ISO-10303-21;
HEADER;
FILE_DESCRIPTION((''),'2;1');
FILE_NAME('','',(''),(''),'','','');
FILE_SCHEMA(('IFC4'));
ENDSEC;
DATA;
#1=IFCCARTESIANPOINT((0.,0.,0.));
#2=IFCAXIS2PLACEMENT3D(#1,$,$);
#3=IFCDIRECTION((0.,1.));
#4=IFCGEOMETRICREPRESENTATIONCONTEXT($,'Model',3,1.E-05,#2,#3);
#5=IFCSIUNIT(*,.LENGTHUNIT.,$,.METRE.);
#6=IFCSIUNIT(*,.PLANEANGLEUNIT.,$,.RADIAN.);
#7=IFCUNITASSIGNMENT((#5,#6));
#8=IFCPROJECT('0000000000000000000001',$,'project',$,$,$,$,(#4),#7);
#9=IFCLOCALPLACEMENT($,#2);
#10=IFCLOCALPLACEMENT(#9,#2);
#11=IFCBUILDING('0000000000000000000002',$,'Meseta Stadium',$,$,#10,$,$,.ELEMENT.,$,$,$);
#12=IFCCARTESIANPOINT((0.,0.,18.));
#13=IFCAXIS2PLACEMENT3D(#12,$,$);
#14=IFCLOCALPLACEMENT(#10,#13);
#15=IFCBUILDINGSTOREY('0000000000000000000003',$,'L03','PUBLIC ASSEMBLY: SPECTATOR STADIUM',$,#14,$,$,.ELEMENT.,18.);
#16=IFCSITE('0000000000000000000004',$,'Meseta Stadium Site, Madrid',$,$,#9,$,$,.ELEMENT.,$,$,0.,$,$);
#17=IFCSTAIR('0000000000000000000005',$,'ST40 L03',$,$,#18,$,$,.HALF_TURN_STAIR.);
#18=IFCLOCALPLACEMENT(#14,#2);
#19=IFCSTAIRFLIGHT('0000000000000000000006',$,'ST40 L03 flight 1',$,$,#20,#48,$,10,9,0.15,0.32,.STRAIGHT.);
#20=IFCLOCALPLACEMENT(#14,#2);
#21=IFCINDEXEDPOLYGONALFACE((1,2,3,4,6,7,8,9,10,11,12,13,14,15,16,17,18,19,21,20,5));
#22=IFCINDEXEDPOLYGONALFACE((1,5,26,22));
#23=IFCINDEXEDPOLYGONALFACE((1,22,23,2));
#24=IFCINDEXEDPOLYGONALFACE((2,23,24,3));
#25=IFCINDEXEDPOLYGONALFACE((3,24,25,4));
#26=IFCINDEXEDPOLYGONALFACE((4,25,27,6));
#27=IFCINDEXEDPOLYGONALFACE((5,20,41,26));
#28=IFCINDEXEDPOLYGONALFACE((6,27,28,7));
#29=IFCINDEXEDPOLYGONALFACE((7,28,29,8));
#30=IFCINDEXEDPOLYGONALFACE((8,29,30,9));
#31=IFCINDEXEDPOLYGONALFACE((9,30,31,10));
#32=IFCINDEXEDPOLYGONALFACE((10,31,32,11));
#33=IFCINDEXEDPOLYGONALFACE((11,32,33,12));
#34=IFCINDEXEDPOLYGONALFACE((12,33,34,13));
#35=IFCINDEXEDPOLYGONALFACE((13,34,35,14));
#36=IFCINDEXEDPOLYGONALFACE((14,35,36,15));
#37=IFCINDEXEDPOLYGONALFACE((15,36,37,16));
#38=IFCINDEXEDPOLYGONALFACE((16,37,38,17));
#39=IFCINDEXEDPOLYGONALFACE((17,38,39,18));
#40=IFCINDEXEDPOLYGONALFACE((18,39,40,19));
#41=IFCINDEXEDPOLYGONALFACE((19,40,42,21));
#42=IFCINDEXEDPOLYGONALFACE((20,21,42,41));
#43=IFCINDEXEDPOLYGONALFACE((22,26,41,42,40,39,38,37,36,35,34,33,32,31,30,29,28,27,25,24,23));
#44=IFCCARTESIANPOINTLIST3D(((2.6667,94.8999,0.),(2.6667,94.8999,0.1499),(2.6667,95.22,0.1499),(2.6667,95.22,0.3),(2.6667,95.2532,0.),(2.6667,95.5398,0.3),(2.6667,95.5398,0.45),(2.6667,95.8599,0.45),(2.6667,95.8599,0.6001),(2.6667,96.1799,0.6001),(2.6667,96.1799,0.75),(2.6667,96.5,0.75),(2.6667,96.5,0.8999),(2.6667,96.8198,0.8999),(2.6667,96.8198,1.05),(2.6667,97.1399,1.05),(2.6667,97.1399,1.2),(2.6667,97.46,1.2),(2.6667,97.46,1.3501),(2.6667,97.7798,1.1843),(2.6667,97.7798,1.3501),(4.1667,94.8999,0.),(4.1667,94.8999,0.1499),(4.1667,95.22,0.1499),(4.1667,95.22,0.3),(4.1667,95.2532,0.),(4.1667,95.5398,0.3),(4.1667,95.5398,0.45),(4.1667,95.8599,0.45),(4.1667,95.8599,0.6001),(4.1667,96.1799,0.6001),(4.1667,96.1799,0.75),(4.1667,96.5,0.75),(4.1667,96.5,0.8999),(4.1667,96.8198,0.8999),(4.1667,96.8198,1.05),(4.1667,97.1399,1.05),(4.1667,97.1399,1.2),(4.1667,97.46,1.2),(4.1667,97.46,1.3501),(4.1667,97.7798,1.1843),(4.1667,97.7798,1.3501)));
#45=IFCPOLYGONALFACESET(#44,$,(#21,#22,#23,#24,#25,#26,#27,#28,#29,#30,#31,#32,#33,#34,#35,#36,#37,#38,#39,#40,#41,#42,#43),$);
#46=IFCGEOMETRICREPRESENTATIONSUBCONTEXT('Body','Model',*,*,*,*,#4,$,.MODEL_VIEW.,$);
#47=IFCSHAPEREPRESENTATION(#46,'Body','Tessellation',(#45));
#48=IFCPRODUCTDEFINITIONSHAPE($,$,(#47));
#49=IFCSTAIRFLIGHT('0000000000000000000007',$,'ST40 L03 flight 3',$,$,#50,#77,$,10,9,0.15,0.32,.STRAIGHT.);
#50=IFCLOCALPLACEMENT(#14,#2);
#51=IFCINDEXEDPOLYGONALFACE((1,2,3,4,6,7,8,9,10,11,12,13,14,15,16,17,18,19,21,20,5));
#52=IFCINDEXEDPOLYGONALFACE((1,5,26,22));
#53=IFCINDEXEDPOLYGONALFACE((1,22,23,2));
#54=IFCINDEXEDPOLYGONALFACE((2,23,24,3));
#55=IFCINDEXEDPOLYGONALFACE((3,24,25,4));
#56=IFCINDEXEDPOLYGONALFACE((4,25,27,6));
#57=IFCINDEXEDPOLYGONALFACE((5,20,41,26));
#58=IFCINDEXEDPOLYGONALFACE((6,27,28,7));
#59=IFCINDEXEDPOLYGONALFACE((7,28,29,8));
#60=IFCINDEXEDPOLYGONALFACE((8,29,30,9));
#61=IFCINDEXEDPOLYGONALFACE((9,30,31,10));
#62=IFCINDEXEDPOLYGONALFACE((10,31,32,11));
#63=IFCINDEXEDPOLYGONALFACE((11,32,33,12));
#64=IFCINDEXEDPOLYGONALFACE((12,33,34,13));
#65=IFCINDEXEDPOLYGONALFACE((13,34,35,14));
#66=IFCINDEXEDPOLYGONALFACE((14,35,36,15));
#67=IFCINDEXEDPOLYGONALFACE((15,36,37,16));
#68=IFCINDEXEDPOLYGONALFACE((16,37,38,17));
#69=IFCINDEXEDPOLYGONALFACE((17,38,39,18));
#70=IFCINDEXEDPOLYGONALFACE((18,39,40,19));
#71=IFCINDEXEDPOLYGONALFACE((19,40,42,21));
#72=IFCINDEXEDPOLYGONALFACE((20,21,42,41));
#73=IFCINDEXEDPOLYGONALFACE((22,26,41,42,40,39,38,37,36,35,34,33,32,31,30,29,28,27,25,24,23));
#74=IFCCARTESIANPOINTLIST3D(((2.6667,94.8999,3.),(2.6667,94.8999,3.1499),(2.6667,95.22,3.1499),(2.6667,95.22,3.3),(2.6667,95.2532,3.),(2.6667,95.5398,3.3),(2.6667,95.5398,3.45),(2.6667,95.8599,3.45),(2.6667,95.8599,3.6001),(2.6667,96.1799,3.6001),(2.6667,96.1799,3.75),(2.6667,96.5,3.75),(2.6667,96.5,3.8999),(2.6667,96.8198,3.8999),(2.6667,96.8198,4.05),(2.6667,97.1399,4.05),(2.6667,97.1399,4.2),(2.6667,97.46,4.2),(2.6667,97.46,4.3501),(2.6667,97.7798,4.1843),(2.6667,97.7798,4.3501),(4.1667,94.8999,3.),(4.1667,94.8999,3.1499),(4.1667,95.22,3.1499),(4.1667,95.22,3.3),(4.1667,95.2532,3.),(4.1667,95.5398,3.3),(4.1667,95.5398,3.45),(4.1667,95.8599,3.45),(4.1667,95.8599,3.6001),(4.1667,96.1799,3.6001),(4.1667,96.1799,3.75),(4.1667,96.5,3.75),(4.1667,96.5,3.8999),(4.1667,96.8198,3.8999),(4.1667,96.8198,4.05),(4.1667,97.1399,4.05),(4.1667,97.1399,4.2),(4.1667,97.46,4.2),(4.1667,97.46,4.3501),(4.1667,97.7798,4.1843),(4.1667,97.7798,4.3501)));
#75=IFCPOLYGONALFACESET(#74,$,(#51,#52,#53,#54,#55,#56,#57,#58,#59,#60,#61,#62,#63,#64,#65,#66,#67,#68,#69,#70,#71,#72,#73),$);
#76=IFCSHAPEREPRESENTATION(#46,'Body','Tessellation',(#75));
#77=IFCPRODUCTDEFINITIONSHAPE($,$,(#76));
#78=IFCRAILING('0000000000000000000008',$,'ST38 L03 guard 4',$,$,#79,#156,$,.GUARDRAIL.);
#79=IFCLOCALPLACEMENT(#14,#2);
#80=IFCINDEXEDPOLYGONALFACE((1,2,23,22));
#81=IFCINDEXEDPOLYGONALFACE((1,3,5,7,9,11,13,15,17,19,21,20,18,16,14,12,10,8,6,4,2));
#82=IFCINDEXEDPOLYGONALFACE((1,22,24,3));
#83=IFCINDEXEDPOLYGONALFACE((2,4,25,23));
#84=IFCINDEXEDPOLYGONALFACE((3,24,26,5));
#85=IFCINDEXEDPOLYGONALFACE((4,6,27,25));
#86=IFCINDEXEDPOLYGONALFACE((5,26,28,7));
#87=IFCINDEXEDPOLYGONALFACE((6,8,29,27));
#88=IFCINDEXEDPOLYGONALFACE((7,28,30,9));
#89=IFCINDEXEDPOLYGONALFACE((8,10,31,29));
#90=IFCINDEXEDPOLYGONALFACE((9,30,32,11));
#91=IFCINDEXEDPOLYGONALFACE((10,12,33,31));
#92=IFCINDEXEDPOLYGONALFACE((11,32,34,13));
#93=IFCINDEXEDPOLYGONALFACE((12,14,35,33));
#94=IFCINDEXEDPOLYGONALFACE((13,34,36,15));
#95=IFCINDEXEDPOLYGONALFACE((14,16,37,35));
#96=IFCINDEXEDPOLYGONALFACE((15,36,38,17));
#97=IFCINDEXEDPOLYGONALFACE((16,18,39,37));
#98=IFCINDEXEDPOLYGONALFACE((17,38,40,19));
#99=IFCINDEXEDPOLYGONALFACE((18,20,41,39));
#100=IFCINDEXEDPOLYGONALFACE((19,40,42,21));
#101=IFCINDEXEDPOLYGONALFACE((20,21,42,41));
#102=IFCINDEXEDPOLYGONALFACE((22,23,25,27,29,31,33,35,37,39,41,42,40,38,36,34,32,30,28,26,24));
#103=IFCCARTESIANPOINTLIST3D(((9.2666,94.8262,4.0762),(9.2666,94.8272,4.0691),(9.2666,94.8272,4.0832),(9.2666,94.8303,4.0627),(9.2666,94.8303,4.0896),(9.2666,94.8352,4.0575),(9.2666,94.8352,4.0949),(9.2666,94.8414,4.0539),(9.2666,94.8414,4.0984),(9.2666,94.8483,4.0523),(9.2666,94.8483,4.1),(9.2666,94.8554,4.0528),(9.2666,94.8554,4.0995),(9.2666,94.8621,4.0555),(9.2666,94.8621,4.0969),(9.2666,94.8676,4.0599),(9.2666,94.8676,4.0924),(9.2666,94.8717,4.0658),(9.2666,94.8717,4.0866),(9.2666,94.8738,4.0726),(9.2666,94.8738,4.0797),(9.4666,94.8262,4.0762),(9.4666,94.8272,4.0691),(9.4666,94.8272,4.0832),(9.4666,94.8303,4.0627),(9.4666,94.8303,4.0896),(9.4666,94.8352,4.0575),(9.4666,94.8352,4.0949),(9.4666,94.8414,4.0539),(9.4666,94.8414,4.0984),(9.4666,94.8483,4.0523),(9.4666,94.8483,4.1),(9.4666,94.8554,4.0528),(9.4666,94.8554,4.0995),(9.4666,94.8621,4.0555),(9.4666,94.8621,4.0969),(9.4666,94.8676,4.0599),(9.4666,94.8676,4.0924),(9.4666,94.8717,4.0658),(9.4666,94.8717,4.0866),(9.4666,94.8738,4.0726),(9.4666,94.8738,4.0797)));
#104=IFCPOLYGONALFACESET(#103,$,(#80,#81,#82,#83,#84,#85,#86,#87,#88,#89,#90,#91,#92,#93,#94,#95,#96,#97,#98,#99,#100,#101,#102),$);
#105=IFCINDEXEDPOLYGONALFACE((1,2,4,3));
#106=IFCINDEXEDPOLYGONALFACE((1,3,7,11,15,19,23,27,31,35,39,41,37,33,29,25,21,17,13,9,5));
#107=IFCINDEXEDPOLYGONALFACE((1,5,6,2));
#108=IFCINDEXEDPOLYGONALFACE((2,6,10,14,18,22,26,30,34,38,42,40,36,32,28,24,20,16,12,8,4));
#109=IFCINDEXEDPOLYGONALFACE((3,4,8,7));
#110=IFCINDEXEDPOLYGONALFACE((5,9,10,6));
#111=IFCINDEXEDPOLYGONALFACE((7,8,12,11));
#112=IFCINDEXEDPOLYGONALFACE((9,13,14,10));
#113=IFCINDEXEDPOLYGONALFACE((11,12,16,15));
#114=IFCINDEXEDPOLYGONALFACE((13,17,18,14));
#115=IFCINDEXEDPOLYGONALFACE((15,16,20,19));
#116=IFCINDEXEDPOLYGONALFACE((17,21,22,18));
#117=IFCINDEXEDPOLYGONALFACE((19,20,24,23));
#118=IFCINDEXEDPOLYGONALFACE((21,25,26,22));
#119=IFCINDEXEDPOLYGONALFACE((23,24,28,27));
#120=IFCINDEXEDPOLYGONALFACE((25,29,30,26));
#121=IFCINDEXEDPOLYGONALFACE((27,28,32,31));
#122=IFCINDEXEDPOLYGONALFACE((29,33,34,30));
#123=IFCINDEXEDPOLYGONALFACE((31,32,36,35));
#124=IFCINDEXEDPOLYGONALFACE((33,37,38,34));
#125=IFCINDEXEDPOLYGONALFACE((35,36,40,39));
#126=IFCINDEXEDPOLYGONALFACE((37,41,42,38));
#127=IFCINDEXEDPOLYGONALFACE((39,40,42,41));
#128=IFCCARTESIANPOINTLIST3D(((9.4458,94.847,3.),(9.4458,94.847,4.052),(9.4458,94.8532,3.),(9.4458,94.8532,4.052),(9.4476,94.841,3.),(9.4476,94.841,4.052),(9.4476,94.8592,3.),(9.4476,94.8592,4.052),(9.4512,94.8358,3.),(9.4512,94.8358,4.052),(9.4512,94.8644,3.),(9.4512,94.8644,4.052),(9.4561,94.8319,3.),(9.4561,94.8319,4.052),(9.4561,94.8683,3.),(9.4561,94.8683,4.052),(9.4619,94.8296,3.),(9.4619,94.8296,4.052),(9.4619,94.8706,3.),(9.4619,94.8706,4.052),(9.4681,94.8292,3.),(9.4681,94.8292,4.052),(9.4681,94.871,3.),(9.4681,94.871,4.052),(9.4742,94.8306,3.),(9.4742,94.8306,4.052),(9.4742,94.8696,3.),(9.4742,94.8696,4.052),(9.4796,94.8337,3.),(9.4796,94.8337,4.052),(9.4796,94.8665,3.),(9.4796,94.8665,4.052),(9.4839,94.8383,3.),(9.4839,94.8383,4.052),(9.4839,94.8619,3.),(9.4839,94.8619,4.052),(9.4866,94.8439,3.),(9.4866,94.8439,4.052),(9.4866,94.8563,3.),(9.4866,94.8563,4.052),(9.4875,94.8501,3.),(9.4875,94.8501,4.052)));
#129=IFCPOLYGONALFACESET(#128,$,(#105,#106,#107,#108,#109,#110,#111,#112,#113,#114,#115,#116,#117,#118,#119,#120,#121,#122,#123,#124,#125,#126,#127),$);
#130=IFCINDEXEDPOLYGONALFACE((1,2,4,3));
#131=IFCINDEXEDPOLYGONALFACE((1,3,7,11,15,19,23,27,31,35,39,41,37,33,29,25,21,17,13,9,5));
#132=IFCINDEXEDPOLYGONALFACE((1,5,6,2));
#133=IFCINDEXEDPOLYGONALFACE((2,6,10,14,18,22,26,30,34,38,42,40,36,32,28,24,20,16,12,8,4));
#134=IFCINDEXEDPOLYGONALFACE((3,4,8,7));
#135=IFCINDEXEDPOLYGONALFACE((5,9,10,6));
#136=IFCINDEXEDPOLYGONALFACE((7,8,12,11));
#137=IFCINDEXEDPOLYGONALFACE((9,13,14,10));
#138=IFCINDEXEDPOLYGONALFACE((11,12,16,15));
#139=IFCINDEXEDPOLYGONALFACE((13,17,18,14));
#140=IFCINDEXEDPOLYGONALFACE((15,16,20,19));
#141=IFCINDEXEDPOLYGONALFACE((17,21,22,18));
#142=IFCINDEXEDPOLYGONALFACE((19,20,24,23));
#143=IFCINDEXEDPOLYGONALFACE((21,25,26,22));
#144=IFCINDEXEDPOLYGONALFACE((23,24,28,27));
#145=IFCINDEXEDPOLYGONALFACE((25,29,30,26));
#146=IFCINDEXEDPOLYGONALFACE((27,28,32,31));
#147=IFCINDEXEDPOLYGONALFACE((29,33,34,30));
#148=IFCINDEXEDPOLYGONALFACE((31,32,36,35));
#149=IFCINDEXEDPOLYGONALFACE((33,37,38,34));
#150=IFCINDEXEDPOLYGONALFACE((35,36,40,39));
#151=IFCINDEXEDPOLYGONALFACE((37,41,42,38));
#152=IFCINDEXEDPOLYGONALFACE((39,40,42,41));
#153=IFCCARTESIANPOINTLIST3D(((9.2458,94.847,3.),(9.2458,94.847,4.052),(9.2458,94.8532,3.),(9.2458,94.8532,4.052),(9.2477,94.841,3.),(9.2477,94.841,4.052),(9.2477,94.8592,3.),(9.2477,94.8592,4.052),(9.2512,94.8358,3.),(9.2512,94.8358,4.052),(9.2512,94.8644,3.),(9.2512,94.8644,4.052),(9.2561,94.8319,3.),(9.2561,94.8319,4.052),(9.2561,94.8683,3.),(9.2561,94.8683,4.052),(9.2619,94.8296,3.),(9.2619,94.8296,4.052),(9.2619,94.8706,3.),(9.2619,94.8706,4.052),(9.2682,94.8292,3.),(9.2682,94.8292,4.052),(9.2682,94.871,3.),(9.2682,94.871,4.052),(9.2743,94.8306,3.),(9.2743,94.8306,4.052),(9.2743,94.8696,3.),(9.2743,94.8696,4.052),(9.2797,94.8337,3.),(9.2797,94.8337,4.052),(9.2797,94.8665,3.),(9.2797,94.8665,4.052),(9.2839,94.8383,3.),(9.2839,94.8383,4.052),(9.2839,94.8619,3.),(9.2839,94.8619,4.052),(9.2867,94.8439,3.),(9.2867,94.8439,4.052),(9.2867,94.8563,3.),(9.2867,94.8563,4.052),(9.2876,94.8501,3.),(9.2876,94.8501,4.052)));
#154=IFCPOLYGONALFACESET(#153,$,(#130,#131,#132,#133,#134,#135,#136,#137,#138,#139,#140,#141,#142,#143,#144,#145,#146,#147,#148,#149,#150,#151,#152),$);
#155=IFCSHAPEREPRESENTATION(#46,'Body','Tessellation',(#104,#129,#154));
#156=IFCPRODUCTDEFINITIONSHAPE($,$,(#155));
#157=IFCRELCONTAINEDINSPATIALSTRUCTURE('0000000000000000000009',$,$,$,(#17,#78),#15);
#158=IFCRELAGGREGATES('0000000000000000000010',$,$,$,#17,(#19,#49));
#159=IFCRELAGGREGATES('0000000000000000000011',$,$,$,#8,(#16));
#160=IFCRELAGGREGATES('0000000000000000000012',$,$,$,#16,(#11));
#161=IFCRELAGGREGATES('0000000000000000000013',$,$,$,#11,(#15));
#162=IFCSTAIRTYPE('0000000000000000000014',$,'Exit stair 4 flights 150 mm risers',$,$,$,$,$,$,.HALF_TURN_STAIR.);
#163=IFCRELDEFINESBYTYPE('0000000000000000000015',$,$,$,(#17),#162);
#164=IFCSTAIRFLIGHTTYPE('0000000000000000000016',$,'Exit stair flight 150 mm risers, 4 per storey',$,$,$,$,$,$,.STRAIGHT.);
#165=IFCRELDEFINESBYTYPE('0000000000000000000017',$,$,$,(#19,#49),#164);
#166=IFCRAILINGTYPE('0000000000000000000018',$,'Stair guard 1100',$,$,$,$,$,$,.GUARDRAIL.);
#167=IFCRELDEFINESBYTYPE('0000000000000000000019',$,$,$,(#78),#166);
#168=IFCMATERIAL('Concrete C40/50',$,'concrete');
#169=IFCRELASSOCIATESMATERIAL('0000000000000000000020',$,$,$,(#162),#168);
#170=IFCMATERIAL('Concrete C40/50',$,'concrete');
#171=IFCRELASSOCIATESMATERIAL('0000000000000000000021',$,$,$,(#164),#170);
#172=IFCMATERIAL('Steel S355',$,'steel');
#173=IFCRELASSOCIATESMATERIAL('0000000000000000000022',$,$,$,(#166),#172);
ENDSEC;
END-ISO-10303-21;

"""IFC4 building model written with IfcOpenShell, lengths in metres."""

from ifc_helpers import new_model, si_unit, direction, frame, origin, origin_2d, place, context, subcontext, project, spatial, polyline, circle, outline, extrude, material, type_object, element, aggregate, save


model = new_model("IFC4")

# Units and contexts
model_context = context("Model", 3, precision=1e-05, world=origin(), true_north=direction((0.0, 1.0)))
body_context = subcontext(model_context, "Body", "Model", "MODEL_VIEW")
ifc_project = project(units=[si_unit("LENGTHUNIT", "METRE"), si_unit("PLANEANGLEUNIT", "RADIAN")], contexts=[model_context])

# Site, building, storey
site_placement = place(None, origin())
site = spatial("IfcSite", under=ifc_project, at=site_placement, Name="Meseta Stadium Site, Madrid", CompositionType="ELEMENT", RefElevation=0.0)
building_placement = place(site_placement, origin())
building = spatial("IfcBuilding", under=site, at=building_placement, Name="Meseta Stadium", CompositionType="ELEMENT")
storey_placement = place(building_placement, frame((0.0, 0.0, 18.0)))
storey = spatial("IfcBuildingStorey", under=building, at=storey_placement, Name="L03", Description="PUBLIC ASSEMBLY: SPECTATOR STADIUM", CompositionType="ELEMENT", Elevation=18.0)

# Shared definitions
ifc_material_1 = material(Name="Concrete C40/50", Category="concrete")
stair_type = type_object("IfcStairType", Name="Exit stair 4 flights 150 mm risers", PredefinedType="HALF_TURN_STAIR", material=ifc_material_1)
ifc_material_2 = material(Name="Concrete C40/50", Category="concrete")
stair_flight_type = type_object("IfcStairFlightType", Name="Exit stair flight 150 mm risers, 4 per storey", PredefinedType="STRAIGHT", material=ifc_material_2)

# Stair, stair flights
stair_1_placement = place(storey_placement, origin())
stair_1 = element("IfcStair", 1, at=stair_1_placement, inside=storey, type_object=stair_type, Name="ST40 L03", PredefinedType="HALF_TURN_STAIR")
stair_flight_1_placement = place(storey_placement, frame((3.4167, 94.8999, 0.0), z_axis=(0.0, 0.0, 1.0), x_axis=(0.0, 1.0, 0.0)))
stair_flight_1 = element("IfcStairFlight", 2, at=stair_flight_1_placement, type_object=stair_flight_type, Name="ST40 L03 flight 1", NumberOfRisers=10, NumberOfTreads=9, PredefinedType="STRAIGHT", RiserHeight=0.15, TreadLength=0.32, context=body_context, shape_type="SweptSolid", body=[
    extrude(outline(polyline([(0.0, 0.0), (0.0, 0.1499), (0.3201, 0.1499), (0.3201, 0.3), (0.6399, 0.3), (0.6399, 0.45), (0.96, 0.45), (0.96, 0.6001), (1.28, 0.6001), (1.28, 0.75), (1.6001, 0.75), (1.6001, 0.8999), (1.9199, 0.8999), (1.9199, 1.05), (2.24, 1.05), (2.24, 1.2), (2.5601, 1.2), (2.5601, 1.3501), (2.8799, 1.3501), (2.8799, 1.1843), (0.3533, 0.0), (0.0, 0.0)])), frame((0.0, 0.75, 0.0), z_axis=(0.0, -1.0, 0.0), x_axis=(1.0, 0.0, 0.0)), (0.0, 0.0, 1.0), 1.5),
])
stair_flight_2_placement = place(storey_placement, frame((3.4167, 94.8999, 3.0), z_axis=(0.0, 0.0, 1.0), x_axis=(0.0, 1.0, 0.0)))
stair_flight_2 = element("IfcStairFlight", 3, at=stair_flight_2_placement, type_object=stair_flight_type, Name="ST40 L03 flight 3", NumberOfRisers=10, NumberOfTreads=9, PredefinedType="STRAIGHT", RiserHeight=0.15, TreadLength=0.32, context=body_context, shape_type="SweptSolid", body=[
    extrude(outline(polyline([(0.0, 0.0), (0.0, 0.1499), (0.3201, 0.1499), (0.3201, 0.3), (0.6399, 0.3), (0.6399, 0.45), (0.96, 0.45), (0.96, 0.6001), (1.28, 0.6001), (1.28, 0.75), (1.6001, 0.75), (1.6001, 0.8999), (1.9199, 0.8999), (1.9199, 1.05), (2.24, 1.05), (2.24, 1.2), (2.5601, 1.2), (2.5601, 1.3501), (2.8799, 1.3501), (2.8799, 1.1843), (0.3533, 0.0), (0.0, 0.0)])), frame((0.0, 0.75, 0.0), z_axis=(0.0, -1.0, 0.0), x_axis=(1.0, 0.0, 0.0)), (0.0, 0.0, 1.0), 1.5),
])
aggregate(stair_1, [stair_flight_1, stair_flight_2])

# Railing
ifc_material_3 = material(Name="Steel S355", Category="steel")
railing_type_1 = type_object("IfcRailingType", Name="Stair guard 1100", PredefinedType="GUARDRAIL", material=ifc_material_3)
for number, where, name in (
    (4, (9.4666, 94.8501, 3.0), "ST38 L03 guard 4"),
):
    element("IfcRailing", number, at=place(storey_placement, frame(where)), inside=storey, type_object=railing_type_1, Name=name, PredefinedType="GUARDRAIL", context=body_context, shape_type="SweptSolid", body=[
        extrude(circle(Radius=0.0239, at=origin_2d()), frame((0.0, 0.0, 1.0762), z_axis=(-1.0, 0.0, 0.0), x_axis=(0.0, -1.0, 0.0)), (0.0, 0.0, 1.0), 0.2),
        extrude(circle(Radius=0.021, at=origin_2d()), origin(), (0.0, 0.0, 1.0), 1.052),
        extrude(circle(Radius=0.021, at=origin_2d()), frame((-0.2, 0.0, 0.0)), (0.0, 0.0, 1.0), 1.052),
    ])

save(model, "model.ifc")
